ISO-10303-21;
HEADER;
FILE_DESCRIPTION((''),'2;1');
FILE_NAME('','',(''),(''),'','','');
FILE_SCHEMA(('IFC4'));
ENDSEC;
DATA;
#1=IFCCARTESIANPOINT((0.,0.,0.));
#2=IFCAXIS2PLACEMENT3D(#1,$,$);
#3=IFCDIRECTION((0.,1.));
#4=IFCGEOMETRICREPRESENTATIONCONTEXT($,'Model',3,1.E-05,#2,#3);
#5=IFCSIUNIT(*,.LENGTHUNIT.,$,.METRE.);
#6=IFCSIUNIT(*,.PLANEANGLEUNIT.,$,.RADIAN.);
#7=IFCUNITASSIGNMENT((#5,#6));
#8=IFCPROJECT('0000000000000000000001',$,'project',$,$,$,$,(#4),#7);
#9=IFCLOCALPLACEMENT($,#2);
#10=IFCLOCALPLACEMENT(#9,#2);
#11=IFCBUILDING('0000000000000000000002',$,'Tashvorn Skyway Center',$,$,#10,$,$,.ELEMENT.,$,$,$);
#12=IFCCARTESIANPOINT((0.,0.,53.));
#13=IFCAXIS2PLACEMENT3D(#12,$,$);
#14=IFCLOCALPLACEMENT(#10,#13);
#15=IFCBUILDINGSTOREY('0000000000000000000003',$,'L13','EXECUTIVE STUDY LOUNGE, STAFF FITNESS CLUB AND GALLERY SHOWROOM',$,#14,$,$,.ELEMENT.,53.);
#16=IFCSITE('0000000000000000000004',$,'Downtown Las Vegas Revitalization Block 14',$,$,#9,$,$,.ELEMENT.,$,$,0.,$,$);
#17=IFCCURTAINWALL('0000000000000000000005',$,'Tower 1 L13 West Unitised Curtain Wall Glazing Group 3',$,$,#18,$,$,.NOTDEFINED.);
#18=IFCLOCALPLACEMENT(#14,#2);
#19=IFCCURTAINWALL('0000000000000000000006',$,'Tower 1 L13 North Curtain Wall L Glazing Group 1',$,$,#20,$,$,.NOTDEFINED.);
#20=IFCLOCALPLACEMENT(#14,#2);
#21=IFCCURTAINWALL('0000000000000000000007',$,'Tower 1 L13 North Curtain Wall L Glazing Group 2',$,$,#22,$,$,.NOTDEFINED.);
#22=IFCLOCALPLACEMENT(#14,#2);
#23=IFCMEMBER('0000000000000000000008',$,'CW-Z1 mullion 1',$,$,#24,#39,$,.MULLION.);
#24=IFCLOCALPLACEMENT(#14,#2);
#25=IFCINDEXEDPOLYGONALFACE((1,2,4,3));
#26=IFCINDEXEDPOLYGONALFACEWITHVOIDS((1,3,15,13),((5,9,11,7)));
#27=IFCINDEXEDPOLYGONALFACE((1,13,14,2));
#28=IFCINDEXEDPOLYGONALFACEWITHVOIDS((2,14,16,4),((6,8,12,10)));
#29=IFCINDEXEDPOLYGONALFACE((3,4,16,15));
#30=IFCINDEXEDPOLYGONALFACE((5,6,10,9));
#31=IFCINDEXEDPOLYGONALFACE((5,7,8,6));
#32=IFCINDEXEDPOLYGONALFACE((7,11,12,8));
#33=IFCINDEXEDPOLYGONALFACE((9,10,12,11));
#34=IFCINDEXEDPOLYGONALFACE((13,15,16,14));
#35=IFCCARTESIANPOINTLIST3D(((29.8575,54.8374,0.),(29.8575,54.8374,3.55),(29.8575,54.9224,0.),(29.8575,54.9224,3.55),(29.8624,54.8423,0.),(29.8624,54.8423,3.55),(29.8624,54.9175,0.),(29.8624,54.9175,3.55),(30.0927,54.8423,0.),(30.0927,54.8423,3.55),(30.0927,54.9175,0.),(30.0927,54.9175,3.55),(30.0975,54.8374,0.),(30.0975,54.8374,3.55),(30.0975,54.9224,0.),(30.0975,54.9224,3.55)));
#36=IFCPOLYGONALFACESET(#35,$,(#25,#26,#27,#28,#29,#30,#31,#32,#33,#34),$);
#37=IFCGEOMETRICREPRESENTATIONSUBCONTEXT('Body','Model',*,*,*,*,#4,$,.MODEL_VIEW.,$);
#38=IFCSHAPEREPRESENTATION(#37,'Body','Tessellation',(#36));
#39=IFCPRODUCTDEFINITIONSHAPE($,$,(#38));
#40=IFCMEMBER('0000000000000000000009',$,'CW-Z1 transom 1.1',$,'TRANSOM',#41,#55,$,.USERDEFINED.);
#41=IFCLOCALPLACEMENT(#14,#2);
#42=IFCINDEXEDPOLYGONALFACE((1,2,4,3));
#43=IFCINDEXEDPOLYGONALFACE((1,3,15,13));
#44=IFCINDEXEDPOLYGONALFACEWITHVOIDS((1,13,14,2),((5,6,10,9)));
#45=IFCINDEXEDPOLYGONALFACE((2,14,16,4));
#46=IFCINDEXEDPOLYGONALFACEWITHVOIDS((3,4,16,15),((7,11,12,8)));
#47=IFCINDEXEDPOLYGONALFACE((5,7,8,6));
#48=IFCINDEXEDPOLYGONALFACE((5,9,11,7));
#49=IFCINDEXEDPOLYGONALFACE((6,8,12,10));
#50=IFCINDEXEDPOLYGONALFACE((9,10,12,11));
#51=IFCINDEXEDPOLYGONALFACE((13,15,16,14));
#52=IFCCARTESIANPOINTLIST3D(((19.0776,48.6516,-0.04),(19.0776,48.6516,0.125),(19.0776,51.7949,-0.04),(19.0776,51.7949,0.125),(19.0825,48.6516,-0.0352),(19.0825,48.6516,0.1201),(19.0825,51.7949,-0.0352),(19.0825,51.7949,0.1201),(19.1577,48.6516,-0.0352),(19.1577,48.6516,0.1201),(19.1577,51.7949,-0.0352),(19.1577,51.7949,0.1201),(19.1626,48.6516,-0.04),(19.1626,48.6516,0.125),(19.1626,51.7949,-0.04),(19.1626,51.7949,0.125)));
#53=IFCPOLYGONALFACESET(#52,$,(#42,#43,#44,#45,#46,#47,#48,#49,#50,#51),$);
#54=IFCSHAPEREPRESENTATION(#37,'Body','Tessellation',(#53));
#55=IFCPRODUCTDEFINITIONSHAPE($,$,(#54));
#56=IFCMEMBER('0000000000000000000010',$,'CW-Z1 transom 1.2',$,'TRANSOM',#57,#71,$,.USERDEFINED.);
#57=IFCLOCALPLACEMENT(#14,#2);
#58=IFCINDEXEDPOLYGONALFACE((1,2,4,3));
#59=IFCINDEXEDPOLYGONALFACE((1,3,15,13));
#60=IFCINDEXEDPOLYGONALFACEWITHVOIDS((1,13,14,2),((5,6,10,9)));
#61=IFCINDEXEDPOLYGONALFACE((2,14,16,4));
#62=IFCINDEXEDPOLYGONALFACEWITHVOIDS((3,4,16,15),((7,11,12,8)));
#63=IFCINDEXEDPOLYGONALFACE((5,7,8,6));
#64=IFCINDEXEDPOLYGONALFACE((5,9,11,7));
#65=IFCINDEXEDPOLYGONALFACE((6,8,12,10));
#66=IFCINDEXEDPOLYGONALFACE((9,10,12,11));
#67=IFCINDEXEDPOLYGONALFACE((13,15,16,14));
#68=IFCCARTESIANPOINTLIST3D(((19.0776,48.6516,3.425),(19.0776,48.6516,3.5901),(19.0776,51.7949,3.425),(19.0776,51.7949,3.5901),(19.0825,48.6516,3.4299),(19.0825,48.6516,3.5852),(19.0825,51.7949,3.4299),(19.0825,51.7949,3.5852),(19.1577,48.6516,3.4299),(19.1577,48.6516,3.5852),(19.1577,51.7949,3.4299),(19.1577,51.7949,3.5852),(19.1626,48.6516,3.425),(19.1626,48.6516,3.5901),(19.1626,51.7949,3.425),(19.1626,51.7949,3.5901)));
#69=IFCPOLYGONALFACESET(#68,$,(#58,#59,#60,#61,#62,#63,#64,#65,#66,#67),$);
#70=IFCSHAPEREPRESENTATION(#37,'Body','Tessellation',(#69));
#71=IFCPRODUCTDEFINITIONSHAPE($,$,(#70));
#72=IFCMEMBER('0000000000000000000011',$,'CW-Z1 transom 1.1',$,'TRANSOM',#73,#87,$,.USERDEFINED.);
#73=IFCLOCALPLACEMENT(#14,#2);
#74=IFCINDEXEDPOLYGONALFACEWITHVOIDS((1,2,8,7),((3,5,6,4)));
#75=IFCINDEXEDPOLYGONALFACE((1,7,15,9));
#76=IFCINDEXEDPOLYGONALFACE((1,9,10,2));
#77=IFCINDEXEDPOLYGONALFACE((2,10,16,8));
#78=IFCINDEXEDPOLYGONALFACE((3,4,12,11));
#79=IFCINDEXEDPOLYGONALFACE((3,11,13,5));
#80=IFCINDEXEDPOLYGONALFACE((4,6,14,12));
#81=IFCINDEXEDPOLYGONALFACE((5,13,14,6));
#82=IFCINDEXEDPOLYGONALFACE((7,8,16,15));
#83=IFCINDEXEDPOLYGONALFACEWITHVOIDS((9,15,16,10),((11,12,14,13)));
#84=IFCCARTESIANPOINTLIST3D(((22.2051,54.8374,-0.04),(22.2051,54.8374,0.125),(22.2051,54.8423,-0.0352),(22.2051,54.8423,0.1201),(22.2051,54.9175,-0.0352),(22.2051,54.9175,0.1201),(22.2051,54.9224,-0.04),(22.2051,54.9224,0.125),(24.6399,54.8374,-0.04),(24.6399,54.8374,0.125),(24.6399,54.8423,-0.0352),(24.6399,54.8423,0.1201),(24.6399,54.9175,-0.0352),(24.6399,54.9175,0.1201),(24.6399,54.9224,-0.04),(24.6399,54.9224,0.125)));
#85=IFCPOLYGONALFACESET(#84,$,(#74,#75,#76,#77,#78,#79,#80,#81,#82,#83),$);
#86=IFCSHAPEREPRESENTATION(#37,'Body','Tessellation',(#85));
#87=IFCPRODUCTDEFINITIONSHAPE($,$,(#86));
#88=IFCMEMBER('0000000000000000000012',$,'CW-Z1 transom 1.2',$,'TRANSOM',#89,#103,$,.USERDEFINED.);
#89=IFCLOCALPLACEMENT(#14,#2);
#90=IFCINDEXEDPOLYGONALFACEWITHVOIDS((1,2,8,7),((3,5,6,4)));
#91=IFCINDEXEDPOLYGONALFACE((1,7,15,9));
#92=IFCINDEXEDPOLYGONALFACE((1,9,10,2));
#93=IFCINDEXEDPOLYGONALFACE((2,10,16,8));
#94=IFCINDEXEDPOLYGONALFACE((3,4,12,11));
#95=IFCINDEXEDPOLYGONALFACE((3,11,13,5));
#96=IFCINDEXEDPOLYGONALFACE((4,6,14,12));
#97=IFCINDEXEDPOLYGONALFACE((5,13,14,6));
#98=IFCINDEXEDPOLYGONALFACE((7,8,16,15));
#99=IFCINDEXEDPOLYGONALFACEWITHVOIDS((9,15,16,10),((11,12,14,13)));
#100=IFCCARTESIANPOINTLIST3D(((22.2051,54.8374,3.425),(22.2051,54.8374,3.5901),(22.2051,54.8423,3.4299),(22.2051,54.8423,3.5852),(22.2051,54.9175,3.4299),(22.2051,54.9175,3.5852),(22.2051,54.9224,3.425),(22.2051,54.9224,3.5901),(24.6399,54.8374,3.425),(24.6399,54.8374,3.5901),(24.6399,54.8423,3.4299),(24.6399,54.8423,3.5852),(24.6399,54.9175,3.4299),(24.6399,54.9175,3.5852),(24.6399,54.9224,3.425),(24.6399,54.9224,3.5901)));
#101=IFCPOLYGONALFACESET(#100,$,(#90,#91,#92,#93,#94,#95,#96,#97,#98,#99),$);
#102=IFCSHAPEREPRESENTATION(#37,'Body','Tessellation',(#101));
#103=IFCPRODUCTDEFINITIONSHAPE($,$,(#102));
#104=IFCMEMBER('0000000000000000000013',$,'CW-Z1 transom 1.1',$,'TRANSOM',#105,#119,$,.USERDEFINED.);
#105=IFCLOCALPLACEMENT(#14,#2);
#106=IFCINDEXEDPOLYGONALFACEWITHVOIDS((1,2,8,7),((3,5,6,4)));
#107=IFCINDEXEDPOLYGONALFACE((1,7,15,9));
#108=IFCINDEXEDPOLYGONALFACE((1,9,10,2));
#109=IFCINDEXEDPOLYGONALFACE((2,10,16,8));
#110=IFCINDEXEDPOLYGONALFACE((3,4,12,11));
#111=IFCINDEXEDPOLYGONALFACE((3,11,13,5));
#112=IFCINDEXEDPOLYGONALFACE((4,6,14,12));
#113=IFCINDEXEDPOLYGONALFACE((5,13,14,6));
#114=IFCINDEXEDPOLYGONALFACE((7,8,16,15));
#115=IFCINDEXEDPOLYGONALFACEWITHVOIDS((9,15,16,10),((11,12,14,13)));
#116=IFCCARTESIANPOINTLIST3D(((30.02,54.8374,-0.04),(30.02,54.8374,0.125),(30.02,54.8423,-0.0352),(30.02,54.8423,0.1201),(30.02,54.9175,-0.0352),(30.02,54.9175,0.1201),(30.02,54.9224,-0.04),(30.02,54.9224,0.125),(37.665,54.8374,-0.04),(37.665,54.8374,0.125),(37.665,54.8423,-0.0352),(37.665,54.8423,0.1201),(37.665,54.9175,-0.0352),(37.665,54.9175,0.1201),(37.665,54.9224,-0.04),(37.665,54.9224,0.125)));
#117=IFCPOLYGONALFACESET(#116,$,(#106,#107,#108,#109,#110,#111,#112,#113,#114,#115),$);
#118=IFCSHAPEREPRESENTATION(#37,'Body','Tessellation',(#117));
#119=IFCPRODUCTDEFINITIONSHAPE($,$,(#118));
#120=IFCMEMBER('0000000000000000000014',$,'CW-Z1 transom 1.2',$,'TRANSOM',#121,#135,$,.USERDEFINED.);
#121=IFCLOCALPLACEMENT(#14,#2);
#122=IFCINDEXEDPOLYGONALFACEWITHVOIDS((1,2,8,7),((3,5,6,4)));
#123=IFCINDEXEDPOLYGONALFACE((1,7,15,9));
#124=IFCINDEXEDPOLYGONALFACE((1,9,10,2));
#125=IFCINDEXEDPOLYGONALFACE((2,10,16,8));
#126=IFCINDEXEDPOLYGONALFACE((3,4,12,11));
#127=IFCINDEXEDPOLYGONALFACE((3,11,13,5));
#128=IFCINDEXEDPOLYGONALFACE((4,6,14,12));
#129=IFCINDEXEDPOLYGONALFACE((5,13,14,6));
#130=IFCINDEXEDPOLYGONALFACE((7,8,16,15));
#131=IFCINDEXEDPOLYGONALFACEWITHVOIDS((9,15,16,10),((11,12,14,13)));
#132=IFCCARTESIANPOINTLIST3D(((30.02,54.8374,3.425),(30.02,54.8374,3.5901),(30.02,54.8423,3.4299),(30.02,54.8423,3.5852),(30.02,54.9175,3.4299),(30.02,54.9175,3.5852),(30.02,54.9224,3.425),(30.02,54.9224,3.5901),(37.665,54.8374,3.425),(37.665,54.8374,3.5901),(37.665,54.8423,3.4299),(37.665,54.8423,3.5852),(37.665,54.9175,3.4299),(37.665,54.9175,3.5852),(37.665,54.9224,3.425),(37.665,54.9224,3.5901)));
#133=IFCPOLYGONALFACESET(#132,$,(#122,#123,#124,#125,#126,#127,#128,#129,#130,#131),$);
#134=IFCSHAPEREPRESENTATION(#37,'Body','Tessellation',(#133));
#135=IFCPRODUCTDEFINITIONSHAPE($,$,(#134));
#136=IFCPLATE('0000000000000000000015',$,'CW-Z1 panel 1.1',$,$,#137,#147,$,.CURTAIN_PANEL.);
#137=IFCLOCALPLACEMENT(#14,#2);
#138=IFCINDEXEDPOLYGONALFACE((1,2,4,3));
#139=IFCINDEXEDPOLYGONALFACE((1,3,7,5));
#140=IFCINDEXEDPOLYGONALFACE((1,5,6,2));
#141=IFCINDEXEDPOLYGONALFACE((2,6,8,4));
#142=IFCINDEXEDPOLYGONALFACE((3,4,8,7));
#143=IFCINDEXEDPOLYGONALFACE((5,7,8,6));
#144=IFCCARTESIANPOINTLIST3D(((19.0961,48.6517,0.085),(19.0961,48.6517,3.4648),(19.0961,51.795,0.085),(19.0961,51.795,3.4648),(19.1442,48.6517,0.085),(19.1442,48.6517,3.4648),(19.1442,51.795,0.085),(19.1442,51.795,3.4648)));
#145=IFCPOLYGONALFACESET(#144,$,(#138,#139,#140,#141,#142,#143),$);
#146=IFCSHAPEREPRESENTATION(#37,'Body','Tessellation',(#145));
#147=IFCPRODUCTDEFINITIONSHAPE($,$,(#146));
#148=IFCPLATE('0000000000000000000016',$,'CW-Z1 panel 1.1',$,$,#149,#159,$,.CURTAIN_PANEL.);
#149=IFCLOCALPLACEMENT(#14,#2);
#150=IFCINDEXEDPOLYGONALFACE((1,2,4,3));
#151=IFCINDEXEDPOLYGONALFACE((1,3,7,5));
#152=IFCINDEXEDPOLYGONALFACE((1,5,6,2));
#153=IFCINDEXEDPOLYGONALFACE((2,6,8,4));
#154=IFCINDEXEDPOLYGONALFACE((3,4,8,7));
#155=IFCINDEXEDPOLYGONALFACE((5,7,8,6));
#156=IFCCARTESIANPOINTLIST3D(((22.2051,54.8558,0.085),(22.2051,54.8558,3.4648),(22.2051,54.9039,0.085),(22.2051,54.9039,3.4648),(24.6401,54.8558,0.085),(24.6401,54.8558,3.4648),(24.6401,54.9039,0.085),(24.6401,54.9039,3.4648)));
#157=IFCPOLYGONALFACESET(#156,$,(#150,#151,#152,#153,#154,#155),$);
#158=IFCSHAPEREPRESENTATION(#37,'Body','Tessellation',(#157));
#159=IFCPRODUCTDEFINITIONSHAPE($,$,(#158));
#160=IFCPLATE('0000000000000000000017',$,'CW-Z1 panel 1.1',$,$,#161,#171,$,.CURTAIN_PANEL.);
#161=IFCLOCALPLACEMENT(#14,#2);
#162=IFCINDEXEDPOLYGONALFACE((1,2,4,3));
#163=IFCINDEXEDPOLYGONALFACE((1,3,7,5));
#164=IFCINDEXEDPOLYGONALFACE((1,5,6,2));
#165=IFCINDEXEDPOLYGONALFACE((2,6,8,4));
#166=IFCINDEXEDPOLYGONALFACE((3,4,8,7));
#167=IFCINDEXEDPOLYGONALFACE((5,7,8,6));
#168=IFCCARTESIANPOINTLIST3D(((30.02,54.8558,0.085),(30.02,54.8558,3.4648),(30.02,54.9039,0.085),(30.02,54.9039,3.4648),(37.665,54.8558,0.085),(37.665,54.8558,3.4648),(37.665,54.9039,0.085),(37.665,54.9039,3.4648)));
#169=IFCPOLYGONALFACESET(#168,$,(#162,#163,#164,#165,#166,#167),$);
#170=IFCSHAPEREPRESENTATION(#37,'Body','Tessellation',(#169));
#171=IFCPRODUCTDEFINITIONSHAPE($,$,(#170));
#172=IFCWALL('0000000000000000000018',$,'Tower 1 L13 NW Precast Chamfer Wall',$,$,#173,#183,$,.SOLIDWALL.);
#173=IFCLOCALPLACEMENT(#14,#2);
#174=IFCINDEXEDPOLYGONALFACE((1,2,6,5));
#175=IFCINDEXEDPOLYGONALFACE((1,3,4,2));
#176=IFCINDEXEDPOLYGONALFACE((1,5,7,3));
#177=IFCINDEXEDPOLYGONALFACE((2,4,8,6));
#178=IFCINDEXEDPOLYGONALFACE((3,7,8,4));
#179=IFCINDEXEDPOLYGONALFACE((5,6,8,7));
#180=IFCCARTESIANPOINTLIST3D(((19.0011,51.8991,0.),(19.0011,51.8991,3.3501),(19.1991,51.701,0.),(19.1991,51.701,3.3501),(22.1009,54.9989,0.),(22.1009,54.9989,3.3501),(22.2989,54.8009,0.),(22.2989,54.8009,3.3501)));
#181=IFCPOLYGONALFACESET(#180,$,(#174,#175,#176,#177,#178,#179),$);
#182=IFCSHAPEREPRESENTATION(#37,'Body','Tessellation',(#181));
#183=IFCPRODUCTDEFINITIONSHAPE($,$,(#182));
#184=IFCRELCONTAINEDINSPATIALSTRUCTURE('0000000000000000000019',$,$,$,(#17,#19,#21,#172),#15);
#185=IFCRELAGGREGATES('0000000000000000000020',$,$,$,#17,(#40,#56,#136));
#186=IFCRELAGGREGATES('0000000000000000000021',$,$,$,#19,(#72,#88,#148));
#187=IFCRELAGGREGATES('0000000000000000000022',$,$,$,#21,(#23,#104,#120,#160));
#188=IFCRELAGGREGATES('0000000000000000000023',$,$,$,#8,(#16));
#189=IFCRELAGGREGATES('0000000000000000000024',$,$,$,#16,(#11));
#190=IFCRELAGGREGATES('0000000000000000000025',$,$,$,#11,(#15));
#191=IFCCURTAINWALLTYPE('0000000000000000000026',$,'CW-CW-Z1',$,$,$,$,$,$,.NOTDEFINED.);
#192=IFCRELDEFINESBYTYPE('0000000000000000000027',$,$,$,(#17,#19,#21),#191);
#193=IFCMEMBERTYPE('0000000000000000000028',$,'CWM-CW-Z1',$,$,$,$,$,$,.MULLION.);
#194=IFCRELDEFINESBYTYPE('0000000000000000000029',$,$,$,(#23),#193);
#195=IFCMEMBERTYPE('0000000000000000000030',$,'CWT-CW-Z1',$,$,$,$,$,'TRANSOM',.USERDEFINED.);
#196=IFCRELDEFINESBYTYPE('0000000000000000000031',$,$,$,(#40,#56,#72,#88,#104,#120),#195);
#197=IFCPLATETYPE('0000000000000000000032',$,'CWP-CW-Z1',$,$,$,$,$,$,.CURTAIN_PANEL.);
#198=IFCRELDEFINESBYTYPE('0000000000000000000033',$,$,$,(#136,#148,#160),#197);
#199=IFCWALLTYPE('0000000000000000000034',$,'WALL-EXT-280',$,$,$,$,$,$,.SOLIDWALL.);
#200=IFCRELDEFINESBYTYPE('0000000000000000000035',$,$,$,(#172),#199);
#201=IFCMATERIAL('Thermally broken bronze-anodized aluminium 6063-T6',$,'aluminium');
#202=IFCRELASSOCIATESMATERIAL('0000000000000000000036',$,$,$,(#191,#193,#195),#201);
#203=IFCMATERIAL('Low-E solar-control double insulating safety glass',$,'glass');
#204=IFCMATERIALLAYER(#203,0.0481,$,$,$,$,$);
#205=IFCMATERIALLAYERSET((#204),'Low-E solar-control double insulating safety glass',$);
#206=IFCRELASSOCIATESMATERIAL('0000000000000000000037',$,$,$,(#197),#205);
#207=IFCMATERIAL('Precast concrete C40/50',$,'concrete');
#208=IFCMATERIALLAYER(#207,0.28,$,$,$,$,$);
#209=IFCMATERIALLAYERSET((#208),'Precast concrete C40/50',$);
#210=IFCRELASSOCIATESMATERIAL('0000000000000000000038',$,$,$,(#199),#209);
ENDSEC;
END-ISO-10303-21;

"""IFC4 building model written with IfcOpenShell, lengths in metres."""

from ifc_helpers import new_model, si_unit, direction, frame, frame_2d, origin, origin_2d, place, context, subcontext, project, spatial, rectangle, hollow_rectangle, extrude, material, layer, layer_set, material_profile, profile_set, type_object, element, aggregate, save


model = new_model("IFC4")

# Units and contexts
model_context = context("Model", 3, precision=1e-05, world=origin(), true_north=direction((0.0, 1.0)))
body_context = subcontext(model_context, "Body", "Model", "MODEL_VIEW")
ifc_project = project(units=[si_unit("LENGTHUNIT", "METRE"), si_unit("PLANEANGLEUNIT", "RADIAN")], contexts=[model_context])

# Site, building, storey
site_placement = place(None, origin())
site = spatial("IfcSite", under=ifc_project, at=site_placement, Name="Downtown Las Vegas Revitalization Block 14", CompositionType="ELEMENT", RefElevation=0.0)
building_placement = place(site_placement, origin())
building = spatial("IfcBuilding", under=site, at=building_placement, Name="Tashvorn Skyway Center", CompositionType="ELEMENT")
storey_placement = place(building_placement, frame((0.0, 0.0, 53.0)))
storey = spatial("IfcBuildingStorey", under=building, at=storey_placement, Name="L13", Description="EXECUTIVE STUDY LOUNGE, STAFF FITNESS CLUB AND GALLERY SHOWROOM", CompositionType="ELEMENT", Elevation=53.0)

# Shared definitions
ifc_material_1 = material(Name="Thermally broken bronze-anodized aluminium 6063-T6", Category="aluminium")
curtain_wall_type = type_object("IfcCurtainWallType", Name="CW-CW-Z1", PredefinedType="NOTDEFINED", material=ifc_material_1)
ifc_material_profile_1 = material_profile(ifc_material_1, hollow_rectangle(XDim=0.085, YDim=0.24, WallThickness=0.0049, at=origin_2d()), Name="ALU-MULL-85x240")
ifc_profile_set_1 = profile_set([ifc_material_profile_1], Name="Thermally broken bronze-anodized aluminium 6063-T6")
member_type_1 = type_object("IfcMemberType", Name="CWM-CW-Z1", PredefinedType="MULLION", material=ifc_profile_set_1)

# Curtain walls
curtain_wall_1_placement = place(storey_placement, origin())
curtain_wall_1 = element("IfcCurtainWall", 1, at=curtain_wall_1_placement, inside=storey, type_object=curtain_wall_type, Name="Tower 1 L13 West Unitised Curtain Wall Glazing Group 3", PredefinedType="NOTDEFINED")
curtain_wall_2_placement = place(storey_placement, origin())
curtain_wall_2 = element("IfcCurtainWall", 2, at=curtain_wall_2_placement, inside=storey, type_object=curtain_wall_type, Name="Tower 1 L13 North Curtain Wall L Glazing Group 1", PredefinedType="NOTDEFINED")

# Curtain wall, member
curtain_wall_3_placement = place(storey_placement, origin())
curtain_wall_3 = element("IfcCurtainWall", 3, at=curtain_wall_3_placement, inside=storey, type_object=curtain_wall_type, Name="Tower 1 L13 North Curtain Wall L Glazing Group 2", PredefinedType="NOTDEFINED")
member_1_placement = place(storey_placement, frame((29.9775, 54.8799, 0.0), z_axis=(0.0, 0.0, 1.0), x_axis=(0.0, 1.0, 0.0)))
member_1 = element("IfcMember", 4, at=member_1_placement, type_object=member_type_1, Name="CW-Z1 mullion 1", PredefinedType="MULLION", context=body_context, shape_type="SweptSolid", body=[
    extrude(hollow_rectangle(XDim=0.085, YDim=0.24, WallThickness=0.0049, at=origin_2d()), origin(), (0.0, 0.0, 1.0), 3.55),
])

# Members
ifc_material_profile_2 = material_profile(ifc_material_1, hollow_rectangle(XDim=0.085, YDim=0.165, WallThickness=0.0049, at=origin_2d()), Name="ALU-TRAN-85x165")
ifc_profile_set_2 = profile_set([ifc_material_profile_2], Name="Thermally broken bronze-anodized aluminium 6063-T6")
member_type_2 = type_object("IfcMemberType", Name="CWT-CW-Z1", ElementType="TRANSOM", PredefinedType="USERDEFINED", material=ifc_profile_set_2)
member_2_placement = place(storey_placement, frame((19.1201, 48.6516, 0.0425), z_axis=(0.0, 1.0, 0.0), x_axis=(-1.0, 0.0, 0.0)))
member_2 = element("IfcMember", 5, at=member_2_placement, type_object=member_type_2, Name="CW-Z1 transom 1.1", ObjectType="TRANSOM", PredefinedType="USERDEFINED", context=body_context, shape_type="SweptSolid", body=[
    extrude(hollow_rectangle(XDim=0.085, YDim=0.165, WallThickness=0.0049, at=origin_2d()), origin(), (0.0, 0.0, 1.0), 3.1433),
])
member_3_placement = place(storey_placement, frame((19.1201, 48.6516, 3.5076), z_axis=(0.0, 1.0, 0.0), x_axis=(-1.0, 0.0, 0.0)))
member_3 = element("IfcMember", 6, at=member_3_placement, type_object=member_type_2, Name="CW-Z1 transom 1.2", ObjectType="TRANSOM", PredefinedType="USERDEFINED", context=body_context, shape_type="SweptSolid", body=[
    extrude(hollow_rectangle(XDim=0.085, YDim=0.165, WallThickness=0.0049, at=origin_2d()), origin(), (0.0, 0.0, 1.0), 3.1433),
])
member_4_placement = place(storey_placement, frame((22.2051, 54.8799, 0.0425), z_axis=(1.0, 0.0, 0.0), x_axis=(0.0, 1.0, 0.0)))
member_4 = element("IfcMember", 7, at=member_4_placement, type_object=member_type_2, Name="CW-Z1 transom 1.1", ObjectType="TRANSOM", PredefinedType="USERDEFINED", context=body_context, shape_type="SweptSolid", body=[
    extrude(hollow_rectangle(XDim=0.085, YDim=0.165, WallThickness=0.0049, at=origin_2d()), origin(), (0.0, 0.0, 1.0), 2.4348),
])
member_5_placement = place(storey_placement, frame((22.2051, 54.8799, 3.5076), z_axis=(1.0, 0.0, 0.0), x_axis=(0.0, 1.0, 0.0)))
member_5 = element("IfcMember", 8, at=member_5_placement, type_object=member_type_2, Name="CW-Z1 transom 1.2", ObjectType="TRANSOM", PredefinedType="USERDEFINED", context=body_context, shape_type="SweptSolid", body=[
    extrude(hollow_rectangle(XDim=0.085, YDim=0.165, WallThickness=0.0049, at=origin_2d()), origin(), (0.0, 0.0, 1.0), 2.4348),
])
member_6_placement = place(storey_placement, frame((30.02, 54.8799, 0.0425), z_axis=(1.0, 0.0, 0.0), x_axis=(0.0, 1.0, 0.0)))
member_6 = element("IfcMember", 9, at=member_6_placement, type_object=member_type_2, Name="CW-Z1 transom 1.1", ObjectType="TRANSOM", PredefinedType="USERDEFINED", context=body_context, shape_type="SweptSolid", body=[
    extrude(hollow_rectangle(XDim=0.085, YDim=0.165, WallThickness=0.0049, at=origin_2d()), origin(), (0.0, 0.0, 1.0), 7.645),
])
member_7_placement = place(storey_placement, frame((30.02, 54.8799, 3.5076), z_axis=(1.0, 0.0, 0.0), x_axis=(0.0, 1.0, 0.0)))
member_7 = element("IfcMember", 10, at=member_7_placement, type_object=member_type_2, Name="CW-Z1 transom 1.2", ObjectType="TRANSOM", PredefinedType="USERDEFINED", context=body_context, shape_type="SweptSolid", body=[
    extrude(hollow_rectangle(XDim=0.085, YDim=0.165, WallThickness=0.0049, at=origin_2d()), origin(), (0.0, 0.0, 1.0), 7.645),
])

# Plates
ifc_material_2 = material(Name="Low-E solar-control double insulating safety glass", Category="glass")
ifc_layer_1 = layer(ifc_material_2, 0.0481)
ifc_layer_set_1 = layer_set([ifc_layer_1], Name="Low-E solar-control double insulating safety glass")
plate_type = type_object("IfcPlateType", Name="CWP-CW-Z1", PredefinedType="CURTAIN_PANEL", material=ifc_layer_set_1)
plate_1_placement = place(storey_placement, frame((19.1201, 50.2234, 0.085), z_axis=(0.0, 0.0, 1.0), x_axis=(0.0, 1.0, 0.0)))
plate_1 = element("IfcPlate", 11, at=plate_1_placement, type_object=plate_type, Name="CW-Z1 panel 1.1", PredefinedType="CURTAIN_PANEL", context=body_context, shape_type="SweptSolid", body=[
    extrude(rectangle(XDim=3.1433, YDim=0.0481, at=origin_2d()), origin(), (0.0, 0.0, 1.0), 3.3799),
])
aggregate(curtain_wall_1, [member_2, member_3, plate_1])
plate_2_placement = place(storey_placement, frame((23.4226, 54.8799, 0.085), z_axis=(0.0, 0.0, 1.0), x_axis=(1.0, 0.0, 0.0)))
plate_2 = element("IfcPlate", 12, at=plate_2_placement, type_object=plate_type, Name="CW-Z1 panel 1.1", PredefinedType="CURTAIN_PANEL", context=body_context, shape_type="SweptSolid", body=[
    extrude(rectangle(XDim=2.4351, YDim=0.0481, at=origin_2d()), origin(), (0.0, 0.0, 1.0), 3.3799),
])
aggregate(curtain_wall_2, [member_4, member_5, plate_2])
plate_3_placement = place(storey_placement, frame((33.8425, 54.8799, 0.085), z_axis=(0.0, 0.0, 1.0), x_axis=(1.0, 0.0, 0.0)))
plate_3 = element("IfcPlate", 13, at=plate_3_placement, type_object=plate_type, Name="CW-Z1 panel 1.1", PredefinedType="CURTAIN_PANEL", context=body_context, shape_type="SweptSolid", body=[
    extrude(rectangle(XDim=7.645, YDim=0.0481, at=origin_2d()), origin(), (0.0, 0.0, 1.0), 3.3799),
])
aggregate(curtain_wall_3, [member_1, member_6, member_7, plate_3])

# Wall
ifc_material_3 = material(Name="Precast concrete C40/50", Category="concrete")
ifc_layer_2 = layer(ifc_material_3, 0.28)
ifc_layer_set_2 = layer_set([ifc_layer_2], Name="Precast concrete C40/50")
wall_type_1 = type_object("IfcWallType", Name="WALL-EXT-280", PredefinedType="SOLIDWALL", material=ifc_layer_set_2)
wall_1_placement = place(storey_placement, frame((19.1001, 51.8, 0.0), z_axis=(0.0, 0.0, 1.0), x_axis=(0.707107, 0.707107, 0.0)))
element("IfcWall", 14, at=wall_1_placement, inside=storey, type_object=wall_type_1, Name="Tower 1 L13 NW Precast Chamfer Wall", PredefinedType="SOLIDWALL", context=body_context, shape_type="SweptSolid", body=[
    extrude(rectangle(XDim=4.3838, YDim=0.28, at=frame_2d((2.1919, 0.0))), origin(), (0.0, 0.0, 1.0), 3.3501),
])

save(model, "model.ifc")
